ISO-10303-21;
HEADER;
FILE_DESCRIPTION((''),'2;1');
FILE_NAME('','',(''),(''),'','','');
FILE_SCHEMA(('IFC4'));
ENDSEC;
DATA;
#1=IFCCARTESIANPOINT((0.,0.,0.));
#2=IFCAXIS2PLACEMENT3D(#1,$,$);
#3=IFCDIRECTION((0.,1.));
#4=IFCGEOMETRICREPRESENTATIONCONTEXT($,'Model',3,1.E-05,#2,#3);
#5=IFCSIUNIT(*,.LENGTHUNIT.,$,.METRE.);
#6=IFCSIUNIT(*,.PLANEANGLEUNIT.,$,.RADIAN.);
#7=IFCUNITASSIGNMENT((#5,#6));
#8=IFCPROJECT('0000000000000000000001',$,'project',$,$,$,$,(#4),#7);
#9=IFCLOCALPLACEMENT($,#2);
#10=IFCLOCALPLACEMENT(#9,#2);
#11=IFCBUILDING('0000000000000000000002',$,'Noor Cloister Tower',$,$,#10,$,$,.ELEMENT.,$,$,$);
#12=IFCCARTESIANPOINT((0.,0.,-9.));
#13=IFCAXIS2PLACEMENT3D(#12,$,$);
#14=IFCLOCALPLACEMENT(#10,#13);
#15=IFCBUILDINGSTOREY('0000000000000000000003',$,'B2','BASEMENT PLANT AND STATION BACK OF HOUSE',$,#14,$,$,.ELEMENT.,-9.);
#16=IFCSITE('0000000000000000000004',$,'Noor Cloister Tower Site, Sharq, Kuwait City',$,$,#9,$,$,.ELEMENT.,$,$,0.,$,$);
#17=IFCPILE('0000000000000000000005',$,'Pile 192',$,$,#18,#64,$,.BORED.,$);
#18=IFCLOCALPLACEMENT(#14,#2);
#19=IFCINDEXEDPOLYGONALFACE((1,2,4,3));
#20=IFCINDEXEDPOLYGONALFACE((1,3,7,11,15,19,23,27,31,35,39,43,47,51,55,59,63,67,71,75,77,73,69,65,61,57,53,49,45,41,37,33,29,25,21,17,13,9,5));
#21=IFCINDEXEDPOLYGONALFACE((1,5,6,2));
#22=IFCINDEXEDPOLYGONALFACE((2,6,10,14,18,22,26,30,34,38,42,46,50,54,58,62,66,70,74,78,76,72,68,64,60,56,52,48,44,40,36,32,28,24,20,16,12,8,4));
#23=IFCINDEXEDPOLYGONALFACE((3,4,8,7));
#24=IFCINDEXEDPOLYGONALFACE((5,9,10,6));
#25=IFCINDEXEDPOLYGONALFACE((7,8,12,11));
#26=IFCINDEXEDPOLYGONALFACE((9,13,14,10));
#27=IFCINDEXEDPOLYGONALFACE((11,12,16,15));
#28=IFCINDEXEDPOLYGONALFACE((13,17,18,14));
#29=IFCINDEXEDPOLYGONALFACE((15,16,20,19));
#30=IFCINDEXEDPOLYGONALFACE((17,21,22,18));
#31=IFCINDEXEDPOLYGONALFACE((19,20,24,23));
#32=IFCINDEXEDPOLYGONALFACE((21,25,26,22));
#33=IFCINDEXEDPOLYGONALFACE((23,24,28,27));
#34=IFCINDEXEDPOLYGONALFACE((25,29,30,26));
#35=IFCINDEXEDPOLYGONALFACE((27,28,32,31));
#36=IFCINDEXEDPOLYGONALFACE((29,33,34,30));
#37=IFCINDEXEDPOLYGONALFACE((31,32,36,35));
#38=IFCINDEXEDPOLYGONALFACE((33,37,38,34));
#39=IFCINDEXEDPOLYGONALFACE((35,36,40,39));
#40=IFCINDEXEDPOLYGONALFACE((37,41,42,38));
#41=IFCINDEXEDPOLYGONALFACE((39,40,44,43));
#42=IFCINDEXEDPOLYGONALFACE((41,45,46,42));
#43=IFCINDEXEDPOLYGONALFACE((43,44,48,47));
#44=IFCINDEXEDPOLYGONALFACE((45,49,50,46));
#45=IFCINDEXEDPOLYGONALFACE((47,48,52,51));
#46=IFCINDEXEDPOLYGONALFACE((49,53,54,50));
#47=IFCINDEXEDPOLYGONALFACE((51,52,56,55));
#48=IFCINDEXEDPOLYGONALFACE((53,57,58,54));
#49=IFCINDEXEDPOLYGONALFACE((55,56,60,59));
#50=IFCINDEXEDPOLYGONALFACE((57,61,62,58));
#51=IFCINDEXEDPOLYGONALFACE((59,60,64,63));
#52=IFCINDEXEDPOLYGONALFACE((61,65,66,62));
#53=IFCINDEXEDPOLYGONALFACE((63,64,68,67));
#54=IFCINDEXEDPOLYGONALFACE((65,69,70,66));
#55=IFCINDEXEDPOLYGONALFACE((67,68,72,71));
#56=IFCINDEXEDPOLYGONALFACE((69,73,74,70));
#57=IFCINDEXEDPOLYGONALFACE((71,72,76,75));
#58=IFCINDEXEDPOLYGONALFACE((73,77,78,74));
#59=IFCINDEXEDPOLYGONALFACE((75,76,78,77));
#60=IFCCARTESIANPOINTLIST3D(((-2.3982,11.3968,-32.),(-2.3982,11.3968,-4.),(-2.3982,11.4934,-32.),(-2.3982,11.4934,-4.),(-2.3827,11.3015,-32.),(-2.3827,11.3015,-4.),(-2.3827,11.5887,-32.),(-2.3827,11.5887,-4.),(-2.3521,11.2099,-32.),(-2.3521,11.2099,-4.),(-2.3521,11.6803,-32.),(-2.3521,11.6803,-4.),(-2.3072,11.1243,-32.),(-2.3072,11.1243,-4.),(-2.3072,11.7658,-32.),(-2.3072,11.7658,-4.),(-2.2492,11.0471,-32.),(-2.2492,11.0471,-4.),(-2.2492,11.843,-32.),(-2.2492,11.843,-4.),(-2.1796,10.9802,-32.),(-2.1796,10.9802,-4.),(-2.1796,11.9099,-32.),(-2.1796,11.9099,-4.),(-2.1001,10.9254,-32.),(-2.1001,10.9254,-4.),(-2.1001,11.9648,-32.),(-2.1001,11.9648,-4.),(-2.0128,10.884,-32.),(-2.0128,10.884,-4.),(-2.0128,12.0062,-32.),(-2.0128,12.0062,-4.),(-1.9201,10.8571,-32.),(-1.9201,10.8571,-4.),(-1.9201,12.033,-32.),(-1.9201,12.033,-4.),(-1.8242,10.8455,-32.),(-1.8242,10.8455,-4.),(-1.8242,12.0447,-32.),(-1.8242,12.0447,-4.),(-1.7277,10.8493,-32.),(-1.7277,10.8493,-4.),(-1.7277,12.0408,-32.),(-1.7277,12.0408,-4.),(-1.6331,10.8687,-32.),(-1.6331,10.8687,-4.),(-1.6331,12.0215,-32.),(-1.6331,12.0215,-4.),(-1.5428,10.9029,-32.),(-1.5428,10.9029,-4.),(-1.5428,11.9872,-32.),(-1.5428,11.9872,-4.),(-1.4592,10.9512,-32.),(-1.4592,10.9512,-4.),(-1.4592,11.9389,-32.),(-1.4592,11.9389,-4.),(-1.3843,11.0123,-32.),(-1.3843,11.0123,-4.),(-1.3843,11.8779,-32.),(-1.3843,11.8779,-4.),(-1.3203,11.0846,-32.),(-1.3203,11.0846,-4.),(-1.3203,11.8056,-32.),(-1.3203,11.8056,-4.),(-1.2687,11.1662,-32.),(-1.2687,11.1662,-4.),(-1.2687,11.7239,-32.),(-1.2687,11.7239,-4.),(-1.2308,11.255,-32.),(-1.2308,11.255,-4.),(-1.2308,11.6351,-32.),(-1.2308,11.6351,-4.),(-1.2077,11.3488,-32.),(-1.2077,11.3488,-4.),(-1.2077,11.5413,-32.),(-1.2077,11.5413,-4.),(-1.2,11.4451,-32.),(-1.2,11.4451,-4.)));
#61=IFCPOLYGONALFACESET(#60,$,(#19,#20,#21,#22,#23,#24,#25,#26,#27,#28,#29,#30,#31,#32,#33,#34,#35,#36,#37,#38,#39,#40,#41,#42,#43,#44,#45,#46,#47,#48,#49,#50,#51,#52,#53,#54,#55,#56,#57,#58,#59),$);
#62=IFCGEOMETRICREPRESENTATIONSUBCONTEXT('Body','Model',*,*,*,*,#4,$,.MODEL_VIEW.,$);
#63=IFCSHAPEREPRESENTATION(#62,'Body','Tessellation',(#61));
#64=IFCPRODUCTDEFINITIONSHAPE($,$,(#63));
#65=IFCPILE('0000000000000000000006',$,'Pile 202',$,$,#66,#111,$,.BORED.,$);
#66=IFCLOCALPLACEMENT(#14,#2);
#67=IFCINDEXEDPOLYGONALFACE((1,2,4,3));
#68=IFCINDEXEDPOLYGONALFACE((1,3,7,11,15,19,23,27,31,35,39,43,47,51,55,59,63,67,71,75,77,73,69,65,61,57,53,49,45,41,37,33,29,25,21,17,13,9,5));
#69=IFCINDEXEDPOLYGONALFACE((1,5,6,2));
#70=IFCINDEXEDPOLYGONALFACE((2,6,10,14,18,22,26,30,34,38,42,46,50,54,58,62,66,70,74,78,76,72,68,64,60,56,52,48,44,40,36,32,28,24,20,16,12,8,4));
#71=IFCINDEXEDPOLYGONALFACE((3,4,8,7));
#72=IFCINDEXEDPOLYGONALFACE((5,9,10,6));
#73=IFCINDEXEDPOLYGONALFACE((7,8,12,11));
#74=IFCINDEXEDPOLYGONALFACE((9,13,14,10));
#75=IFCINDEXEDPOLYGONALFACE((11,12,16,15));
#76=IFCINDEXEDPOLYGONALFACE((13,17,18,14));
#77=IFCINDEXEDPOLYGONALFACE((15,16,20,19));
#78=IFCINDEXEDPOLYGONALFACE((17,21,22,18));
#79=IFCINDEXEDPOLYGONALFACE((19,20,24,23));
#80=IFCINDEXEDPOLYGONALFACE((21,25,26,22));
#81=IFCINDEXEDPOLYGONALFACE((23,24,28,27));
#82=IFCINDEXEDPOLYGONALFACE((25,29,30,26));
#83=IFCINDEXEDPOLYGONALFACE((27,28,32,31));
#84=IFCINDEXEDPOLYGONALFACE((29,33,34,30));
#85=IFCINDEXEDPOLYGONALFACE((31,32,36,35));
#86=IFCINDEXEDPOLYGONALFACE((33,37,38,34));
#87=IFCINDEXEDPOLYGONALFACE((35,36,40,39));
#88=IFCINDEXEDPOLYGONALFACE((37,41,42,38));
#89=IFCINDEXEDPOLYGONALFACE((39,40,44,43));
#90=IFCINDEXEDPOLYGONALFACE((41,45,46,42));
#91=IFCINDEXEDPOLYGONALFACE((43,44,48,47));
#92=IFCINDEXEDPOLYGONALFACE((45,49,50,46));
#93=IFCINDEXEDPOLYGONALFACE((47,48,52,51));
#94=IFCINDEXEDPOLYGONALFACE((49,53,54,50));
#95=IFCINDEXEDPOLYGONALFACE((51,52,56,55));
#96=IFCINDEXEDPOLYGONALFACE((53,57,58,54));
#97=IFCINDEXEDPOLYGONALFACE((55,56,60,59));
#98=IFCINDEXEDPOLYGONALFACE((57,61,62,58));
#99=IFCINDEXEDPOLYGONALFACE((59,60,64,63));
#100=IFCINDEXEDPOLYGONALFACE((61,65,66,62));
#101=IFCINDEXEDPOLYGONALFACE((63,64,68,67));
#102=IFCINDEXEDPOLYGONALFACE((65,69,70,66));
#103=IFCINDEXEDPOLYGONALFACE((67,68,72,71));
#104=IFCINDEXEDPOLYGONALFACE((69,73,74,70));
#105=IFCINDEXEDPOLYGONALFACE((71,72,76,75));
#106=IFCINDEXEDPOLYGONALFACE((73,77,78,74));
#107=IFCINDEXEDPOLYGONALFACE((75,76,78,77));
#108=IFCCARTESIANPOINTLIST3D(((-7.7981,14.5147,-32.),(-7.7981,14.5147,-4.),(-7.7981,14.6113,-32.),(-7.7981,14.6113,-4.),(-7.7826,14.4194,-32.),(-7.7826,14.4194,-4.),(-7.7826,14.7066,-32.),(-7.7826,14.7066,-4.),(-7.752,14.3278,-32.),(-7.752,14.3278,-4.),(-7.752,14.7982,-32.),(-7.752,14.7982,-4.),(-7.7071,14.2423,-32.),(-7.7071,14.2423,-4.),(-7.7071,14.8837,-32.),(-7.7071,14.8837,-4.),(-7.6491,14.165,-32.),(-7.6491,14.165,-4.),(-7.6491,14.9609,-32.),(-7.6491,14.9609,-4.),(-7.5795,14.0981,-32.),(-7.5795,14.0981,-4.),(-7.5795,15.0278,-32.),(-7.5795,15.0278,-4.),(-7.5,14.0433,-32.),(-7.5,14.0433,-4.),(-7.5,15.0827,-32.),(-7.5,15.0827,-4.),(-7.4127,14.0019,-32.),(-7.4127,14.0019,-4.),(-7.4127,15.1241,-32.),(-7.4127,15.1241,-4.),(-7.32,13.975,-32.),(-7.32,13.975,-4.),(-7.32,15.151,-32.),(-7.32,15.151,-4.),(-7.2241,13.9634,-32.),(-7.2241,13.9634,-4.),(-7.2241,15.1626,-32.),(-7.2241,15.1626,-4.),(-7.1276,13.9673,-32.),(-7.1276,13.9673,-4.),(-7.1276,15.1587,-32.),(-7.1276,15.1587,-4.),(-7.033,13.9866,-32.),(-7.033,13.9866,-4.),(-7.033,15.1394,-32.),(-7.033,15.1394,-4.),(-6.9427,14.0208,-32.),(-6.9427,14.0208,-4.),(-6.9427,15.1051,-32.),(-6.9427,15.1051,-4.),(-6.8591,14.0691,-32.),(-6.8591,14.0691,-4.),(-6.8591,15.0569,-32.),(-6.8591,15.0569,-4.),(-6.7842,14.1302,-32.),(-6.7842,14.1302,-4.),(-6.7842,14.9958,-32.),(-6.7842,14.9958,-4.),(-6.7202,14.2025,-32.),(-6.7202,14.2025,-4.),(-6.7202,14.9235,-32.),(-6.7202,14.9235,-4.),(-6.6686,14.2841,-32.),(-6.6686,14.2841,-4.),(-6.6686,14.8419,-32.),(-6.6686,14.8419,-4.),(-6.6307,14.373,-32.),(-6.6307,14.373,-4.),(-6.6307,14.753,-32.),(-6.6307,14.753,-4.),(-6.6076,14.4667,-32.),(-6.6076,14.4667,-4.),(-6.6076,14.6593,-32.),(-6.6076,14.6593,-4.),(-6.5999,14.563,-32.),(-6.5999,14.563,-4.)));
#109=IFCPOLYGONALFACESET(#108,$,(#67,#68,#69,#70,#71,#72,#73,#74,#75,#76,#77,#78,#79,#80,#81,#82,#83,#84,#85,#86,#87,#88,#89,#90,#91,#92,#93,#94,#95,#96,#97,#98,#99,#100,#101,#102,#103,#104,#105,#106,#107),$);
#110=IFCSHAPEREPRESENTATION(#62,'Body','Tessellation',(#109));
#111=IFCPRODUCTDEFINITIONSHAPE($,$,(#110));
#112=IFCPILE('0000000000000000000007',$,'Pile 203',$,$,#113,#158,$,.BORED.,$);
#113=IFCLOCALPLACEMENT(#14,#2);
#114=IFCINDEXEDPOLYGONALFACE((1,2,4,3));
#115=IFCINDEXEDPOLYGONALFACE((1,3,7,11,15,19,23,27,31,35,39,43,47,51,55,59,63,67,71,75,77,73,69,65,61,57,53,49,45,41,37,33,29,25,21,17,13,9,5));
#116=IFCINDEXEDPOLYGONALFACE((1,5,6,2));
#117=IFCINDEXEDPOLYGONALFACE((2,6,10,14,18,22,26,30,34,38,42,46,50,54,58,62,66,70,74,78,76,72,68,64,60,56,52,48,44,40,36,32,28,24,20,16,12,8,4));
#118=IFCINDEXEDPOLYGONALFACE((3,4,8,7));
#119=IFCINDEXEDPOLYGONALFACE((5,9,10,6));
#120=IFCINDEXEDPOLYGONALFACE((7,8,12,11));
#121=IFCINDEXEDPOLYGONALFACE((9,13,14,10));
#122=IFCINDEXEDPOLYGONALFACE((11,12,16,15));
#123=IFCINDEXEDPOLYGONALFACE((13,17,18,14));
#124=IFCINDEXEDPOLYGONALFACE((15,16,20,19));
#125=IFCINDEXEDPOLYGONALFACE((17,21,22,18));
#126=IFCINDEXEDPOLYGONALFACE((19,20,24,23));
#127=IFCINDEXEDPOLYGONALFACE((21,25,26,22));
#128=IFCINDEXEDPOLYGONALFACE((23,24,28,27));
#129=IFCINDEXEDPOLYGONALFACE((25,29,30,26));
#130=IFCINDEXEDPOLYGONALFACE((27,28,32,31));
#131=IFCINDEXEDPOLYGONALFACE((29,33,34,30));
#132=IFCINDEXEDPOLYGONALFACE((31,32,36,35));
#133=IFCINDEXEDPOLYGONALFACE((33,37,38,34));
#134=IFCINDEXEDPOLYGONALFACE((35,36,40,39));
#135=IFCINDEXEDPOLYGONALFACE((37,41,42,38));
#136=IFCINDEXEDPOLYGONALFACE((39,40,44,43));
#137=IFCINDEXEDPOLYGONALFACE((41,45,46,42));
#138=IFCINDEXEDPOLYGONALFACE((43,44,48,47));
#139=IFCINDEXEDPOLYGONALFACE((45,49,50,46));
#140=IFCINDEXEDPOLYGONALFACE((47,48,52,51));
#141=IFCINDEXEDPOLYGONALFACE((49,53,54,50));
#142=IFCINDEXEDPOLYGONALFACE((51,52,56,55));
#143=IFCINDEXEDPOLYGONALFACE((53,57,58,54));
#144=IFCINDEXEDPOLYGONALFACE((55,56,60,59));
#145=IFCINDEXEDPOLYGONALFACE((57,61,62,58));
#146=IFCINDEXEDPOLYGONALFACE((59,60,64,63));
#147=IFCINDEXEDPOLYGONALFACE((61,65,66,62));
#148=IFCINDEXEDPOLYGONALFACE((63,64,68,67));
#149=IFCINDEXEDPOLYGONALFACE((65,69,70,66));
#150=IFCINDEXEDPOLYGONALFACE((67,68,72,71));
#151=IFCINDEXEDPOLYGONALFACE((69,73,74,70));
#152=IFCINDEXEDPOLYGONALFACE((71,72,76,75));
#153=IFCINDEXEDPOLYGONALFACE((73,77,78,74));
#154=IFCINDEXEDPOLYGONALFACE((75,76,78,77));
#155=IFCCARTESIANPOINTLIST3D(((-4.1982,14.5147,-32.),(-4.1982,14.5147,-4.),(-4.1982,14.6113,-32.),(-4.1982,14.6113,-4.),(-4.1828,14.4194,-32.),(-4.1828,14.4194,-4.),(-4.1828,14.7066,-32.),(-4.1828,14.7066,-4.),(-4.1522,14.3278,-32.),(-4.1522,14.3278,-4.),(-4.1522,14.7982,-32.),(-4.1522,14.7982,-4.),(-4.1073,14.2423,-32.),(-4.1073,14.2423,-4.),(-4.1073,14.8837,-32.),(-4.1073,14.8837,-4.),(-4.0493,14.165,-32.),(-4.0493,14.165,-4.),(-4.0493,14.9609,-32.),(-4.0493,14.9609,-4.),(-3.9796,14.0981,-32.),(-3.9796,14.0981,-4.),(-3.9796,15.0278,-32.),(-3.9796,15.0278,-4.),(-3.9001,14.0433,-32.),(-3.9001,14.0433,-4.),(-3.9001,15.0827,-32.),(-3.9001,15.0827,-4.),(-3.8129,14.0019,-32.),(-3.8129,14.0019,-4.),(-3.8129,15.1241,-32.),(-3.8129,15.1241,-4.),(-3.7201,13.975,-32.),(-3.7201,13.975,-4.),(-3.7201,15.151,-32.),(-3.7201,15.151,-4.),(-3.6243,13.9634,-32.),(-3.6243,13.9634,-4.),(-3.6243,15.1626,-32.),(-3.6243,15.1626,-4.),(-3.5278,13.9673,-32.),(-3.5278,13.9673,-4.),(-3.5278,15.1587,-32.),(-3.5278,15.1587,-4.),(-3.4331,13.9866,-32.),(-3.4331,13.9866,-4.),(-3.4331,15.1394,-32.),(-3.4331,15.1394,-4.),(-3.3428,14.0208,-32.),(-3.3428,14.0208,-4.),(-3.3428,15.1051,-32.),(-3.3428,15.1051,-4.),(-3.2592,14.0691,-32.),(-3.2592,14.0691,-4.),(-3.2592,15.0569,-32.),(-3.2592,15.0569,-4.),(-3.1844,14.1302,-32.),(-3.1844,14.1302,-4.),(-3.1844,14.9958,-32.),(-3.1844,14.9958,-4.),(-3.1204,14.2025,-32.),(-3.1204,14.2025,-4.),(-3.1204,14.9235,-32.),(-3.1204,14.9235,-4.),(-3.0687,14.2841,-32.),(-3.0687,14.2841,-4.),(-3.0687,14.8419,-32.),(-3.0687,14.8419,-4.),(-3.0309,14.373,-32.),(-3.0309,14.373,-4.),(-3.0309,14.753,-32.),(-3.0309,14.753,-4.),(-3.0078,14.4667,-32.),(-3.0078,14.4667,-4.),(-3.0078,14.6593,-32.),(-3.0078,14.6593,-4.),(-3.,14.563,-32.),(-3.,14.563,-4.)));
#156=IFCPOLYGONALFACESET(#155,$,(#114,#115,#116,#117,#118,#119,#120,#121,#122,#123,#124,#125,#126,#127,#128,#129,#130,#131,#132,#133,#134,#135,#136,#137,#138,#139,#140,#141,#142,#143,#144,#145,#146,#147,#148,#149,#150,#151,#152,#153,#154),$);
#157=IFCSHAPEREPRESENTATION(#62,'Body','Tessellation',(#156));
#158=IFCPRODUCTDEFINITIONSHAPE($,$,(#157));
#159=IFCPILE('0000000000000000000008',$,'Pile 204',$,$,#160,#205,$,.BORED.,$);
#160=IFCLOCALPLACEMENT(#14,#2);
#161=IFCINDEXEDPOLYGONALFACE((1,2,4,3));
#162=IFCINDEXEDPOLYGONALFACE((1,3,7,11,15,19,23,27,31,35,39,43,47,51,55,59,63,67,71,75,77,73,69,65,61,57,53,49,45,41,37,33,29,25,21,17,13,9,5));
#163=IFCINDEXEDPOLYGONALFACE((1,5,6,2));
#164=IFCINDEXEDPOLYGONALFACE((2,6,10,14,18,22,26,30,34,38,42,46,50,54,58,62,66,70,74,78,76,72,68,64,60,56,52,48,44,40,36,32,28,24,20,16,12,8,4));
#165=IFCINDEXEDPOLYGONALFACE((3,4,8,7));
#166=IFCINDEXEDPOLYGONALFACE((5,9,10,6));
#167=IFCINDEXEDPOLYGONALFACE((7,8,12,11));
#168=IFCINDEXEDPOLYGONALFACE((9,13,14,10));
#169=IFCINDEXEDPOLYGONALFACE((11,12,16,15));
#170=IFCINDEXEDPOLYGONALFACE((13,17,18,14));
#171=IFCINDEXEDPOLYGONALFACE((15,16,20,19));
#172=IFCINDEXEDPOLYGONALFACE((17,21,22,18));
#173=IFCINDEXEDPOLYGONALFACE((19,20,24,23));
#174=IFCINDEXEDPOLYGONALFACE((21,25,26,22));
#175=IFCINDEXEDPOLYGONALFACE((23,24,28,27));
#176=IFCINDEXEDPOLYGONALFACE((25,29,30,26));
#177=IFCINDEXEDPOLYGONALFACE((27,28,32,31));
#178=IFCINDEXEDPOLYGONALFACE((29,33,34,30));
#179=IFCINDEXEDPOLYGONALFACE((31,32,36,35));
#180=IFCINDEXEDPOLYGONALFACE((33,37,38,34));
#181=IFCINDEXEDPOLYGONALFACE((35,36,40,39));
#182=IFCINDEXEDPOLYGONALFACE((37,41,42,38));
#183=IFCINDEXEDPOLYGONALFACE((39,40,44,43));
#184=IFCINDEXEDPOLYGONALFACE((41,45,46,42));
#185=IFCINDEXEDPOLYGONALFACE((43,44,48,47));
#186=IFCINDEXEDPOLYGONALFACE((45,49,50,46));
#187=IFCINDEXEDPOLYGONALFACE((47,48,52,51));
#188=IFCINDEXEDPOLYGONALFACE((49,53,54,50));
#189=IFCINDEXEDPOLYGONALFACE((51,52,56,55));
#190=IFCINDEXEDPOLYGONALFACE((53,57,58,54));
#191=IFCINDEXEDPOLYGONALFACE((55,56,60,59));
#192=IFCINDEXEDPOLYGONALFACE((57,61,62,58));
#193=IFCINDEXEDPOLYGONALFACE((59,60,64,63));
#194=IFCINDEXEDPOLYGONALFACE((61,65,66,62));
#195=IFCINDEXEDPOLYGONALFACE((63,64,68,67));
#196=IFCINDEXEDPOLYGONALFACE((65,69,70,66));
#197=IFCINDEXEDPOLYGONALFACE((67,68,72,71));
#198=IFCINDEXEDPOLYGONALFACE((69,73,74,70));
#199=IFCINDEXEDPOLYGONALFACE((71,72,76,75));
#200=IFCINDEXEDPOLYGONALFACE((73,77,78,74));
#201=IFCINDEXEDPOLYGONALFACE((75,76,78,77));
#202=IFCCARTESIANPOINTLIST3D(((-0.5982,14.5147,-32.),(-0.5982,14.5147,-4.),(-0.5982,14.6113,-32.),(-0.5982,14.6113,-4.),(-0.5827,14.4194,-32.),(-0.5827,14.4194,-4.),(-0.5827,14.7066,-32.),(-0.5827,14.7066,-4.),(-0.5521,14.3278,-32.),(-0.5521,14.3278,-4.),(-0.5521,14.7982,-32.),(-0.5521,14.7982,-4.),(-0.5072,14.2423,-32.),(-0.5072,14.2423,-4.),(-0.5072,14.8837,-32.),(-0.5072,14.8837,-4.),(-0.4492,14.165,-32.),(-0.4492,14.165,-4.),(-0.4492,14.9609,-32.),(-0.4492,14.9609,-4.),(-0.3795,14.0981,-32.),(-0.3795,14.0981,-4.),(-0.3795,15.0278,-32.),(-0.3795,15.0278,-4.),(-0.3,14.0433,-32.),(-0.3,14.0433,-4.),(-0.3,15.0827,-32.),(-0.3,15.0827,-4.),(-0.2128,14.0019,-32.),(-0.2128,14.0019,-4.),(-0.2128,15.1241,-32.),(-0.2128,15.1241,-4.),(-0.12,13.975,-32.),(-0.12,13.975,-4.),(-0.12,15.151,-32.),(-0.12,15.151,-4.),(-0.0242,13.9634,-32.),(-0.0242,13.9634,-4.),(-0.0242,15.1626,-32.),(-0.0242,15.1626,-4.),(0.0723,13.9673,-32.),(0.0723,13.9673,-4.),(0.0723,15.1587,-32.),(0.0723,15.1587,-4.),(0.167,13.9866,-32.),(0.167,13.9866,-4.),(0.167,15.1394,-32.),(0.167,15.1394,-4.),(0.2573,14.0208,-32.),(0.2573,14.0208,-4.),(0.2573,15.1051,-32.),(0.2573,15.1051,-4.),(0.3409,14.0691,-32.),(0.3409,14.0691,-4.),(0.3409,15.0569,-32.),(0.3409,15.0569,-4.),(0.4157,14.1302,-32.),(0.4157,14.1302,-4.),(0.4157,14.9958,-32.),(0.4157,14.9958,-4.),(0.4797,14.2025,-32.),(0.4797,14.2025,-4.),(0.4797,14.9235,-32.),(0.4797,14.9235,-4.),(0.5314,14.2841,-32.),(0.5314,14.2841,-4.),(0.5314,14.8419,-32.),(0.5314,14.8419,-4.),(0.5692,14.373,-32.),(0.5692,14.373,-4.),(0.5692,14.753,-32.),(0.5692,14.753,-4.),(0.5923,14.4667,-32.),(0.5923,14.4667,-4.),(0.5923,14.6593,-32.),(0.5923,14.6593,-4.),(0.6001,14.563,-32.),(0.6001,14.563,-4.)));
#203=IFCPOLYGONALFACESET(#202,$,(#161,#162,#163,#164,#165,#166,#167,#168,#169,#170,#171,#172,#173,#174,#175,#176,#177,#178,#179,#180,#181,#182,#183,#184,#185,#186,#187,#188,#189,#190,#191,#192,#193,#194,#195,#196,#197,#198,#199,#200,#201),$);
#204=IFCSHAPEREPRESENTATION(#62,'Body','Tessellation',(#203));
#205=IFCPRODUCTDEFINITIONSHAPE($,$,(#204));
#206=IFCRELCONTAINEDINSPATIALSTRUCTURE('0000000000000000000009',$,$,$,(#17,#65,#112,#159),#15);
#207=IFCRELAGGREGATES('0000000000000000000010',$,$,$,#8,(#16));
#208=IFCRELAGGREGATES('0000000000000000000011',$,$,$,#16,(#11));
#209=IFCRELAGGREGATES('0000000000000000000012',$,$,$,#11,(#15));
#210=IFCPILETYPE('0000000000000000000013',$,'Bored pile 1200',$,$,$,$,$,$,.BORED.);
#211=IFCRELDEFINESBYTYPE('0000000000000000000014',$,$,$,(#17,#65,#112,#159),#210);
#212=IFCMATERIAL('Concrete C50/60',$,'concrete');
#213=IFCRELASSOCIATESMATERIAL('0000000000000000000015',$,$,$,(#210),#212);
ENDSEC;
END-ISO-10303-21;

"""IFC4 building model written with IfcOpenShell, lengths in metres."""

from ifc_helpers import new_model, si_unit, direction, frame, origin, origin_2d, place, context, subcontext, project, spatial, circle, extrude, material, material_profile, profile_set, type_object, element, save


model = new_model("IFC4")

# Units and contexts
model_context = context("Model", 3, precision=1e-05, world=origin(), true_north=direction((0.0, 1.0)))
body_context = subcontext(model_context, "Body", "Model", "MODEL_VIEW")
ifc_project = project(units=[si_unit("LENGTHUNIT", "METRE"), si_unit("PLANEANGLEUNIT", "RADIAN")], contexts=[model_context])

# Site, building, storey
site_placement = place(None, origin())
site = spatial("IfcSite", under=ifc_project, at=site_placement, Name="Noor Cloister Tower Site, Sharq, Kuwait City", CompositionType="ELEMENT", RefElevation=0.0)
building_placement = place(site_placement, origin())
building = spatial("IfcBuilding", under=site, at=building_placement, Name="Noor Cloister Tower", CompositionType="ELEMENT")
storey_placement = place(building_placement, frame((0.0, 0.0, -9.0)))
storey = spatial("IfcBuildingStorey", under=building, at=storey_placement, Name="B2", Description="BASEMENT PLANT AND STATION BACK OF HOUSE", CompositionType="ELEMENT", Elevation=-9.0)

# Piles
ifc_material_1 = material(Name="Concrete C50/60", Category="concrete")
ifc_material_profile = material_profile(ifc_material_1, circle(Radius=0.6001, at=origin_2d()), Name="Bored pile 1200")
ifc_profile_set = profile_set([ifc_material_profile], Name="Concrete C50/60")
pile_type = type_object("IfcPileType", Name="Bored pile 1200", PredefinedType="BORED", material=ifc_profile_set)
for number, where, z_axis, x_axis, name in (
    (1, (-1.8, 11.4451, -4.0), (0.0, 0.0, -1.0), (1.0, 0.0, 0.0), "Pile 192"),
    (2, (-7.2, 14.563, -4.0), (0.0, 0.0, -1.0), (1.0, 0.0, 0.0), "Pile 202"),
    (3, (-3.6001, 14.563, -4.0), (0.0, 0.0, -1.0), (1.0, 0.0, 0.0), "Pile 203"),
    (4, (0.0, 14.563, -4.0), (0.0, 0.0, -1.0), (1.0, 0.0, 0.0), "Pile 204"),
):
    element("IfcPile", number, at=place(storey_placement, frame(where, z_axis=z_axis, x_axis=x_axis)), inside=storey, type_object=pile_type, Name=name, PredefinedType="BORED", context=body_context, shape_type="SweptSolid", body=[
        extrude(circle(Radius=0.6001, at=origin_2d()), origin(), (0.0, 0.0, 1.0), 28.0),
    ])

save(model, "model.ifc")
